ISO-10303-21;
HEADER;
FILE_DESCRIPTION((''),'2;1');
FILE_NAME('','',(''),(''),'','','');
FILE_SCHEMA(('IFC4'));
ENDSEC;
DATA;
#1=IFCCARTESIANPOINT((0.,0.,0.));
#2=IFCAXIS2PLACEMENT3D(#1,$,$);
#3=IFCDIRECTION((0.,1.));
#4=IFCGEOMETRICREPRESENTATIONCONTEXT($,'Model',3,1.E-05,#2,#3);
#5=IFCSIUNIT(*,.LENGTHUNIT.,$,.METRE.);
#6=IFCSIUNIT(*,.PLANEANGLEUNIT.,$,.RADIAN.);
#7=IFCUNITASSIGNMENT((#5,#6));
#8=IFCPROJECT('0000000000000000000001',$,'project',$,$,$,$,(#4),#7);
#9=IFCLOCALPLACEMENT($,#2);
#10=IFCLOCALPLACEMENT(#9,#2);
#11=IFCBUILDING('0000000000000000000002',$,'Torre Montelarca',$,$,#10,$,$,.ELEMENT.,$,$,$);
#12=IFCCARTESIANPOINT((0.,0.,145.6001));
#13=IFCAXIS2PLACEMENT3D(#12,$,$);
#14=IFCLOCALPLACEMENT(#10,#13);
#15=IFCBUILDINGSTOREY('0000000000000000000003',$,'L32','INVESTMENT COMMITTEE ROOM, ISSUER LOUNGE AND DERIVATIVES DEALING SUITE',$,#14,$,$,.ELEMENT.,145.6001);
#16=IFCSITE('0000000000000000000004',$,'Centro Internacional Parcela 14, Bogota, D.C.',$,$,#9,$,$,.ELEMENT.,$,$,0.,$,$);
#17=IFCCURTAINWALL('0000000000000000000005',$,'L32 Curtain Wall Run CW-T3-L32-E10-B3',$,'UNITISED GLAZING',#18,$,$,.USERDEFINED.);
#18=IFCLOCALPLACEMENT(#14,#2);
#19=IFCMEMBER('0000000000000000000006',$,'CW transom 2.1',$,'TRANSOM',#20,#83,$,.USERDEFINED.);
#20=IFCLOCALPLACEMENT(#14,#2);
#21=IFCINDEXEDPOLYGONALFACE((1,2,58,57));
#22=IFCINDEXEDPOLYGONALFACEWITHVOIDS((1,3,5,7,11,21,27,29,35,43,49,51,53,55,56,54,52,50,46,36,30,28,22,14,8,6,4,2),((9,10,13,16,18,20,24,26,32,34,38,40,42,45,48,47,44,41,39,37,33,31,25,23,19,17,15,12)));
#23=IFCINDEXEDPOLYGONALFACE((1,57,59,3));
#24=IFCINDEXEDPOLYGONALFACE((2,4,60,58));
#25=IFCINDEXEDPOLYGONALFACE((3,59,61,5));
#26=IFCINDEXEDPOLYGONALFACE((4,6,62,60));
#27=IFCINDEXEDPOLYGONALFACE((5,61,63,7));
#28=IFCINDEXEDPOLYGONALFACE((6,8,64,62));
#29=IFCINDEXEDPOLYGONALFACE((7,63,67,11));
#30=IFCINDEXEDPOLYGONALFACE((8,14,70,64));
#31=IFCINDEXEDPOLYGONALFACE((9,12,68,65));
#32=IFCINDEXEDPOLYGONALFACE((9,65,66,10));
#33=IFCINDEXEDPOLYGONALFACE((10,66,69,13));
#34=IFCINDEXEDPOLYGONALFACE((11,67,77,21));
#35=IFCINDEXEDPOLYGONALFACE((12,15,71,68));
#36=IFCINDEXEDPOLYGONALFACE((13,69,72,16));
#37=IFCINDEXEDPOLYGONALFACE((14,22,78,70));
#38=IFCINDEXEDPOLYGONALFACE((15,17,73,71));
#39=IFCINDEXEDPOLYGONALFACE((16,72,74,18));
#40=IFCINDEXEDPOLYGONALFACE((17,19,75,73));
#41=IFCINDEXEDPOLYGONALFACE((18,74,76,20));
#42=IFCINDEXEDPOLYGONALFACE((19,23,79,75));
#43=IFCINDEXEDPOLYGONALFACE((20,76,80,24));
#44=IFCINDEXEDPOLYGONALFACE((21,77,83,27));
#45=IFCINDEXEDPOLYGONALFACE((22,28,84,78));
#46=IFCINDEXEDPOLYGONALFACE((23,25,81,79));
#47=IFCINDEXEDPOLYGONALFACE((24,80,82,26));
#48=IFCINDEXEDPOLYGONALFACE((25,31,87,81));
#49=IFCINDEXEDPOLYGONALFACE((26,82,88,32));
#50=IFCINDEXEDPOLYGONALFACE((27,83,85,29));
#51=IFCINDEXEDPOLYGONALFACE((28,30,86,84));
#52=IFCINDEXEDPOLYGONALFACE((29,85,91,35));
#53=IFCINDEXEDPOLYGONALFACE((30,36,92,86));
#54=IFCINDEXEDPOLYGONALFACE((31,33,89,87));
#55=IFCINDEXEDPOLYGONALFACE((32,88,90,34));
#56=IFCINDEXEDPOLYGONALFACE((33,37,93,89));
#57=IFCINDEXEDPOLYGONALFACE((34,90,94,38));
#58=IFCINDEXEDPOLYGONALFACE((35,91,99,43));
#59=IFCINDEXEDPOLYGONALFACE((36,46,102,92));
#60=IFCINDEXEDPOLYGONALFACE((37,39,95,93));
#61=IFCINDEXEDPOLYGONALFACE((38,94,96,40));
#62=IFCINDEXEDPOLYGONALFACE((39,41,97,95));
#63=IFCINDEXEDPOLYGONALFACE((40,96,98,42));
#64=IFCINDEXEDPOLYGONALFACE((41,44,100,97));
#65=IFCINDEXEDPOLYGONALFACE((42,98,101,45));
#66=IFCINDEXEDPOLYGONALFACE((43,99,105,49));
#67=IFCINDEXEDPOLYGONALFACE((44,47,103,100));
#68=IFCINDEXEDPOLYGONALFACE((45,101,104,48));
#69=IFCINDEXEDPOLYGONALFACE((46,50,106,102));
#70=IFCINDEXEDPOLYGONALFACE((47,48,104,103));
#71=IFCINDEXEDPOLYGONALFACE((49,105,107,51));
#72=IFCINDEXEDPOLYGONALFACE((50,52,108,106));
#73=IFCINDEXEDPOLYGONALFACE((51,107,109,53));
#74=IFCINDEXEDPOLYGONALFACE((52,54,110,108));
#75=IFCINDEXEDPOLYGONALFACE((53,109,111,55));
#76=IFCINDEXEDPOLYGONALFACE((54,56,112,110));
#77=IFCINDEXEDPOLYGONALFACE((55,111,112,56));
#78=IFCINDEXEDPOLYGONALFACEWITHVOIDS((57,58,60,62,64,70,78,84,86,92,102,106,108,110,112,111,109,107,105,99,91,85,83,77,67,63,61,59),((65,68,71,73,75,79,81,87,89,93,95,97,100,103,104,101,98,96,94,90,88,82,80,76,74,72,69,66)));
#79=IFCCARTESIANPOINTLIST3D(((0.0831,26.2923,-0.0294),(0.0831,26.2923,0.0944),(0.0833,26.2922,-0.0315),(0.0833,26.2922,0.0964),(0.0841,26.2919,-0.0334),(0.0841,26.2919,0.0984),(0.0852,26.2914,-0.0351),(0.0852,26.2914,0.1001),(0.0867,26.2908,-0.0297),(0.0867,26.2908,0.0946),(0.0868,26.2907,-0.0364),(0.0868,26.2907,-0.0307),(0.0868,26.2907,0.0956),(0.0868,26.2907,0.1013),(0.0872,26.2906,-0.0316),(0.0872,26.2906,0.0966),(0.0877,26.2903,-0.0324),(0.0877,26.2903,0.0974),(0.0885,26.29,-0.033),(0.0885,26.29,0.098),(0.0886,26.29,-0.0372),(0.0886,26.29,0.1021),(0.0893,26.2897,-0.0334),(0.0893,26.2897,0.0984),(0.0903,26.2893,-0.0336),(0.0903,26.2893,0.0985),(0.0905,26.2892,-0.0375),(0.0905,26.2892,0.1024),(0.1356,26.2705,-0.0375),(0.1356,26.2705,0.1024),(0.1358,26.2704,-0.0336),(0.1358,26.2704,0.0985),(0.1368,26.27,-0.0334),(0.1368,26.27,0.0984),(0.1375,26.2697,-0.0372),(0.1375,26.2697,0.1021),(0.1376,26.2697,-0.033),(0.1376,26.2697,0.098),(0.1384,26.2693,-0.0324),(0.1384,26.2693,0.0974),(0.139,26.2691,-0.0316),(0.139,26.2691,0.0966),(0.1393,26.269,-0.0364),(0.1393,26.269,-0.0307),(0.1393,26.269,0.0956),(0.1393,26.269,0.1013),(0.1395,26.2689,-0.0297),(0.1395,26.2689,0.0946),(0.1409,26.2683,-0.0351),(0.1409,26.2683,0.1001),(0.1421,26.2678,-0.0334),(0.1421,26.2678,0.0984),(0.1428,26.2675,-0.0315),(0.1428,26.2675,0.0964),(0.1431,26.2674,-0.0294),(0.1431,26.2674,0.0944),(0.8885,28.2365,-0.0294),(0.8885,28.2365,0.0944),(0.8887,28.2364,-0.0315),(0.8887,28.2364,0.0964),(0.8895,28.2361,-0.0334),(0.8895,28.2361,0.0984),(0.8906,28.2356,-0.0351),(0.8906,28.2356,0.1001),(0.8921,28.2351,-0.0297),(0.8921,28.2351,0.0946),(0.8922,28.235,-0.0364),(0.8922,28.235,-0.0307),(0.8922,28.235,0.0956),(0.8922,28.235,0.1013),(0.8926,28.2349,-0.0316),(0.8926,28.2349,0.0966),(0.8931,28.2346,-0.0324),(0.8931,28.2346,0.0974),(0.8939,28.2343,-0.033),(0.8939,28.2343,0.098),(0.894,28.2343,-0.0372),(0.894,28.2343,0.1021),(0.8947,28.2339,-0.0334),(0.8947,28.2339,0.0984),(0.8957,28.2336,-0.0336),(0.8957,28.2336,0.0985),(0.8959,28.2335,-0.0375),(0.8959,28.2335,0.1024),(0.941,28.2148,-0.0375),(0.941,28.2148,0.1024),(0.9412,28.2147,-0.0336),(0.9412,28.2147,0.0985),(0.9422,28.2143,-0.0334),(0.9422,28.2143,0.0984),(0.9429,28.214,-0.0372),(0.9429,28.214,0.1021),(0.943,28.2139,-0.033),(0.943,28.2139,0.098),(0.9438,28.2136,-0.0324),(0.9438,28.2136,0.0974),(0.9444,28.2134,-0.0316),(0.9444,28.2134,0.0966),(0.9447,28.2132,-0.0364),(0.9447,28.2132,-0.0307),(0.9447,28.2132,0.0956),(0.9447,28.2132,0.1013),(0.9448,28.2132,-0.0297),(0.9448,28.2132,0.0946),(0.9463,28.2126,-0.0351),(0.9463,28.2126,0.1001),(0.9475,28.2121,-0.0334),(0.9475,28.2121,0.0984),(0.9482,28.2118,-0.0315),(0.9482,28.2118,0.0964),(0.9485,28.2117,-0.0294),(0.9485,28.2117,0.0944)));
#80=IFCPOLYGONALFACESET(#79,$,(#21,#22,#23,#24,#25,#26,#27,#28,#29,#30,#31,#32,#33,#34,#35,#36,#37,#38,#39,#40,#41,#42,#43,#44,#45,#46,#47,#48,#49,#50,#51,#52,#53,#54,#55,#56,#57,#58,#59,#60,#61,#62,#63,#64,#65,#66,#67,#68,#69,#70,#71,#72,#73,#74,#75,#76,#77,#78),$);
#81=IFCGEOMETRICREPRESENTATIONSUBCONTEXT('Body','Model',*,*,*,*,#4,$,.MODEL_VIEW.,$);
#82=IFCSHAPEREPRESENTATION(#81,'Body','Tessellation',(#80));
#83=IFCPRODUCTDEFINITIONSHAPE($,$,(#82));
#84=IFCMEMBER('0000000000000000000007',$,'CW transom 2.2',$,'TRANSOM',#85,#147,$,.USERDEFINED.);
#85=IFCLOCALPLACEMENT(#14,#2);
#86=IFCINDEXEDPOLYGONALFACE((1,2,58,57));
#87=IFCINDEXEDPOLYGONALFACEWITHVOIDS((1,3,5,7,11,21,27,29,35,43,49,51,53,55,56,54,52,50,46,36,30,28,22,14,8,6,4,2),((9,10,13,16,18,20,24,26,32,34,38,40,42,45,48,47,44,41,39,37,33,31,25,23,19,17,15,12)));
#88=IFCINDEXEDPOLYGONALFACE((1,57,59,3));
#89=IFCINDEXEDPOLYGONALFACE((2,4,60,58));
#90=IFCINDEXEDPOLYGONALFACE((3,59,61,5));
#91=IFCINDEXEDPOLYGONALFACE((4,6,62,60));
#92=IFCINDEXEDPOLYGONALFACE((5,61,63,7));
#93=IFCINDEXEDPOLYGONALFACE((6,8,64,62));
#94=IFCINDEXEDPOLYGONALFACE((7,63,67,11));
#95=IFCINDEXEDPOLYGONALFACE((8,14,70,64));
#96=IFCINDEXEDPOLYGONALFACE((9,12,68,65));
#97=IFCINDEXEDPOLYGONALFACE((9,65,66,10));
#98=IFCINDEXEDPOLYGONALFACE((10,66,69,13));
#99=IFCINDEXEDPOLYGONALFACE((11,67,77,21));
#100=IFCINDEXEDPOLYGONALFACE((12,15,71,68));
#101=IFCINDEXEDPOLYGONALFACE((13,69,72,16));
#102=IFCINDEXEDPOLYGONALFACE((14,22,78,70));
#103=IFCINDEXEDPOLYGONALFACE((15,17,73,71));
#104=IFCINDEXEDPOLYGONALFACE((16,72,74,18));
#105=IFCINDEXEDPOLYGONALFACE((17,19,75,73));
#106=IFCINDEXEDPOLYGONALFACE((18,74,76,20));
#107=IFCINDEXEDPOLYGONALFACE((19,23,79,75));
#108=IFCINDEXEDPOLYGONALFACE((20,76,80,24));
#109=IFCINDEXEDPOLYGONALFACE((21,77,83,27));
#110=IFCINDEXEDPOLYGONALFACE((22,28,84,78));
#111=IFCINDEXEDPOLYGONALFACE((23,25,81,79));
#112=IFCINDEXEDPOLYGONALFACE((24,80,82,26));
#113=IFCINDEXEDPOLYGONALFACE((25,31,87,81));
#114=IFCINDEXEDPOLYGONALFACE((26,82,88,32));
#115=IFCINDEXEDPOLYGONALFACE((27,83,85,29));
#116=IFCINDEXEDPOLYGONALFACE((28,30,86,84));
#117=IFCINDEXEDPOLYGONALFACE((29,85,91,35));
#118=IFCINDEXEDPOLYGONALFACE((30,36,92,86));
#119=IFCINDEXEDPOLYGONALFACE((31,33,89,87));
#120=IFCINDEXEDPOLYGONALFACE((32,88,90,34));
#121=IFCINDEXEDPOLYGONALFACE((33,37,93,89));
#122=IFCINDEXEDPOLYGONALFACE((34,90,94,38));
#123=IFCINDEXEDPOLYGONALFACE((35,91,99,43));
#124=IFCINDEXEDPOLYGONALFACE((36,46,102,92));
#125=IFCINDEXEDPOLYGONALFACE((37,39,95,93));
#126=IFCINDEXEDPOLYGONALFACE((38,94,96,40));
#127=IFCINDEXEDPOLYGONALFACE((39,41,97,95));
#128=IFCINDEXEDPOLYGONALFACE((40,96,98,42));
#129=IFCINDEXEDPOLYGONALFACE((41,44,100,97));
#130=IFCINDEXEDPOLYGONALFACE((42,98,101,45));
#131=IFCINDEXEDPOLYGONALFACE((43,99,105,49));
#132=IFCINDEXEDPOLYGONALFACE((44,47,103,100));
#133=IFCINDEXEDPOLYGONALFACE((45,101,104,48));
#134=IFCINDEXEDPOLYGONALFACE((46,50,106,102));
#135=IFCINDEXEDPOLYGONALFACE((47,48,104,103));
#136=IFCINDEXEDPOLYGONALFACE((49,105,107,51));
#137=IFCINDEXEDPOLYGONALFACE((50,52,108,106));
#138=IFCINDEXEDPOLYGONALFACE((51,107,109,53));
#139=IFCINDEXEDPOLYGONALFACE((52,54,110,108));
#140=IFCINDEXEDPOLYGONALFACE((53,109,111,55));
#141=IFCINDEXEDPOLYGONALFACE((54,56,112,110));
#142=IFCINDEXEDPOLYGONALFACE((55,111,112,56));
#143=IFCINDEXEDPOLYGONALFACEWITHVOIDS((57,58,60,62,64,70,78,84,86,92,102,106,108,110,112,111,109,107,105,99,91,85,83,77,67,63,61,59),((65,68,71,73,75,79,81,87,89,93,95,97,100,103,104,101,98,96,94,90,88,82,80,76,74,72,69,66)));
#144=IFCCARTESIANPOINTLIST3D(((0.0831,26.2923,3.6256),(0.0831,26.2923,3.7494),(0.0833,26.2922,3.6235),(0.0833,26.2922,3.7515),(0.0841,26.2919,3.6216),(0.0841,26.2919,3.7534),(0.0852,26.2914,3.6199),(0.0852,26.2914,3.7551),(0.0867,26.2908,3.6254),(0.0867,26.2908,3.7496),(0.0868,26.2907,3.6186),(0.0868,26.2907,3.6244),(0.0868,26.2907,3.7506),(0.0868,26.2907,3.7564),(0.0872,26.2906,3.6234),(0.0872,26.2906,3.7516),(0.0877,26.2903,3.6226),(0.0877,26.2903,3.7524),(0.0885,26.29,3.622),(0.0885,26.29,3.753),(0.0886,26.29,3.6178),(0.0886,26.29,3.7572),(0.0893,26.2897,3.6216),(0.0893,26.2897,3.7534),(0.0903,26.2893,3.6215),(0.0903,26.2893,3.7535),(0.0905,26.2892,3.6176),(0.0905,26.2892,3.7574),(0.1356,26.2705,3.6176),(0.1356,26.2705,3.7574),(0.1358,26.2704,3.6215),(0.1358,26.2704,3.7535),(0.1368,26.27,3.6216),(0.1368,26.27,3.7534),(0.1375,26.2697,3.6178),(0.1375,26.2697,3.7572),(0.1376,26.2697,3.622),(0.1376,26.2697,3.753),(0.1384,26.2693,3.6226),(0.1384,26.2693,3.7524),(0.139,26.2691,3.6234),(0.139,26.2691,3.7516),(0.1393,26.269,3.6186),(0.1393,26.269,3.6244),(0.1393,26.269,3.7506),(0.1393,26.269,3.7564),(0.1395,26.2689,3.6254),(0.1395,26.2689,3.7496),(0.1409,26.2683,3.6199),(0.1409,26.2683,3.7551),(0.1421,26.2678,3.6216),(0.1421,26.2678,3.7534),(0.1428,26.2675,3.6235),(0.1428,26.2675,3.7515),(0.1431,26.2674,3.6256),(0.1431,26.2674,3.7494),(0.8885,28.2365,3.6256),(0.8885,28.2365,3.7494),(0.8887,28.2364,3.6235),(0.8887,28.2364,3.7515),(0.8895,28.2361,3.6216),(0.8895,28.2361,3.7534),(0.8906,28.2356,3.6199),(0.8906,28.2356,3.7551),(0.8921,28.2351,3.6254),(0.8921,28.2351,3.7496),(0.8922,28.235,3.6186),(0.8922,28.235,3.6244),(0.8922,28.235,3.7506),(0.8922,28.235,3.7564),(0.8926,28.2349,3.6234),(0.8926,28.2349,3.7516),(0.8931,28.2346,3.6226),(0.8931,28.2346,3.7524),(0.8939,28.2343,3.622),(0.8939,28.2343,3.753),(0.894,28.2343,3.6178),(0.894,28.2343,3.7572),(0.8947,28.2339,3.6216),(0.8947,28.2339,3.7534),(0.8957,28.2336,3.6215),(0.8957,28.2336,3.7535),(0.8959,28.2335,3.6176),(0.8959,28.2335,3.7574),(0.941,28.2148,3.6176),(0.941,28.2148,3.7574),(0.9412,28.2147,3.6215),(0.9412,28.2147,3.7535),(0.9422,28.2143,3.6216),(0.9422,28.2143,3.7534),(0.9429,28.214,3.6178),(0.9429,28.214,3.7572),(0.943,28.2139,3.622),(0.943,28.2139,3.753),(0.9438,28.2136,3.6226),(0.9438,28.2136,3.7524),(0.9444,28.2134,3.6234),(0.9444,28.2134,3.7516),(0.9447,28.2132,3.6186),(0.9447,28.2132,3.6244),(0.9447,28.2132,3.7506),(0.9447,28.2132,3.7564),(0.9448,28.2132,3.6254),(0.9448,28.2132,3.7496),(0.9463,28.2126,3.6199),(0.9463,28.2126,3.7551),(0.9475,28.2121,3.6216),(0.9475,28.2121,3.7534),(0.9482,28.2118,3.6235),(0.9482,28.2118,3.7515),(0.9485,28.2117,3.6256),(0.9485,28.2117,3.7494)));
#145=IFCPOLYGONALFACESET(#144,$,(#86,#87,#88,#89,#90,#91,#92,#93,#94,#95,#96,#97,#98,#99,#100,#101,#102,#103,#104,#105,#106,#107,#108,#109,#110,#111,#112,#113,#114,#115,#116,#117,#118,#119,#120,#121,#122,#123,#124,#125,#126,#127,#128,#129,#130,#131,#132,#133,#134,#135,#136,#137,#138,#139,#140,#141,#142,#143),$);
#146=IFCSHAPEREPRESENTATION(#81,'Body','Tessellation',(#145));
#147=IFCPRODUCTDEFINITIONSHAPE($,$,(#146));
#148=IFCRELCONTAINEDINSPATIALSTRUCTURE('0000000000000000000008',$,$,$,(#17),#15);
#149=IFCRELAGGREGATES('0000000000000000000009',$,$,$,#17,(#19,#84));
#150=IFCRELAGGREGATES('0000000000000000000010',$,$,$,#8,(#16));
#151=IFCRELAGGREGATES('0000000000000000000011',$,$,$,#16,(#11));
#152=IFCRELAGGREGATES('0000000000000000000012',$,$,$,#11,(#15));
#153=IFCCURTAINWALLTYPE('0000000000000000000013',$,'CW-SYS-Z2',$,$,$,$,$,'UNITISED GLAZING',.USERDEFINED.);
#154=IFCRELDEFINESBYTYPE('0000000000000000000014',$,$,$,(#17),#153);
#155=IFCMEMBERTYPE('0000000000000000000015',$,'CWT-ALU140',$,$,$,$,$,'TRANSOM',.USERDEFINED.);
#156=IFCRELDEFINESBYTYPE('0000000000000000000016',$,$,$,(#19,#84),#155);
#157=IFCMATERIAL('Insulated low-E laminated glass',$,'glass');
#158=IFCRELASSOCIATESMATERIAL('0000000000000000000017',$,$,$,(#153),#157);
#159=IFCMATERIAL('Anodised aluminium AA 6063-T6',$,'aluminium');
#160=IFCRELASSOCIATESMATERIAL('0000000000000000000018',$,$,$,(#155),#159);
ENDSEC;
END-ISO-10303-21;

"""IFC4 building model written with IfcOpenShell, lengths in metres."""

from ifc_helpers import new_model, si_unit, direction, frame, origin, origin_2d, place, context, subcontext, project, spatial, hollow_rectangle, extrude, source, transform, mapped, material, material_profile, profile_set, type_object, element, aggregate, save


model = new_model("IFC4")

# Units and contexts
model_context = context("Model", 3, precision=1e-05, world=origin(), true_north=direction((0.0, 1.0)))
body_context = subcontext(model_context, "Body", "Model", "MODEL_VIEW")
ifc_project = project(units=[si_unit("LENGTHUNIT", "METRE"), si_unit("PLANEANGLEUNIT", "RADIAN")], contexts=[model_context])

# Site, building, storey
site_placement = place(None, origin())
site = spatial("IfcSite", under=ifc_project, at=site_placement, Name="Centro Internacional Parcela 14, Bogota, D.C.", CompositionType="ELEMENT", RefElevation=0.0)
building_placement = place(site_placement, origin())
building = spatial("IfcBuilding", under=site, at=building_placement, Name="Torre Montelarca", CompositionType="ELEMENT")
storey_placement = place(building_placement, frame((0.0, 0.0, 145.6001)))
storey = spatial("IfcBuildingStorey", under=building, at=storey_placement, Name="L32", Description="INVESTMENT COMMITTEE ROOM, ISSUER LOUNGE AND DERIVATIVES DEALING SUITE", CompositionType="ELEMENT", Elevation=145.6001)

# Curtain wall
ifc_material_1 = material(Name="Insulated low-E laminated glass", Category="glass")
curtain_wall_type = type_object("IfcCurtainWallType", Name="CW-SYS-Z2", ElementType="UNITISED GLAZING", PredefinedType="USERDEFINED", material=ifc_material_1)
curtain_wall_1_placement = place(storey_placement, origin())
curtain_wall_1 = element("IfcCurtainWall", 1, at=curtain_wall_1_placement, inside=storey, type_object=curtain_wall_type, Name="L32 Curtain Wall Run CW-T3-L32-E10-B3", ObjectType="UNITISED GLAZING", PredefinedType="USERDEFINED")
ifc_material_2 = material(Name="Anodised aluminium AA 6063-T6", Category="aluminium")

# Members
ifc_material_profile_1 = material_profile(ifc_material_2, hollow_rectangle(XDim=0.0649, YDim=0.1399, WallThickness=0.0039, InnerFilletRadius=0.0039, OuterFilletRadius=0.0081, at=origin_2d()), Name="ALU65X140X4", Category="aluminium")
ifc_profile_set_1 = profile_set([ifc_material_profile_1], Name="Anodised aluminium AA 6063-T6")
member_type_1 = type_object("IfcMemberType", Name="CWT-ALU140", ElementType="TRANSOM", PredefinedType="USERDEFINED", material=ifc_profile_set_1)
shared_shape_1 = source(origin(), body_context, "Body", "SweptSolid", [
    extrude(hollow_rectangle(XDim=0.0649, YDim=0.1399, WallThickness=0.0039, InnerFilletRadius=0.0039, OuterFilletRadius=0.0081, at=origin_2d()), origin(), (0.0, 0.0, 1.0), 2.1045),
])
member_1_placement = place(storey_placement, frame((0.9185, 28.2241, 0.0325), z_axis=(-0.382704, -0.923871, 0.0), x_axis=(0.923871, -0.382704, 0.0)))
member_1 = element("IfcMember", 2, at=member_1_placement, type_object=member_type_1, Name="CW transom 2.1", ObjectType="TRANSOM", PredefinedType="USERDEFINED", context=body_context, shape_type="MappedRepresentation", body=[
    mapped(shared_shape_1, transform((0.0, 0.0, 0.0), scale=1.0)),
])
member_2_placement = place(storey_placement, frame((0.9185, 28.2241, 3.6875), z_axis=(-0.382704, -0.923871, 0.0), x_axis=(0.923871, -0.382704, 0.0)))
member_2 = element("IfcMember", 3, at=member_2_placement, type_object=member_type_1, Name="CW transom 2.2", ObjectType="TRANSOM", PredefinedType="USERDEFINED", context=body_context, shape_type="MappedRepresentation", body=[
    mapped(shared_shape_1, transform((0.0, 0.0, 0.0), scale=1.0)),
])

aggregate(curtain_wall_1, [member_1, member_2])

save(model, "model.ifc")
